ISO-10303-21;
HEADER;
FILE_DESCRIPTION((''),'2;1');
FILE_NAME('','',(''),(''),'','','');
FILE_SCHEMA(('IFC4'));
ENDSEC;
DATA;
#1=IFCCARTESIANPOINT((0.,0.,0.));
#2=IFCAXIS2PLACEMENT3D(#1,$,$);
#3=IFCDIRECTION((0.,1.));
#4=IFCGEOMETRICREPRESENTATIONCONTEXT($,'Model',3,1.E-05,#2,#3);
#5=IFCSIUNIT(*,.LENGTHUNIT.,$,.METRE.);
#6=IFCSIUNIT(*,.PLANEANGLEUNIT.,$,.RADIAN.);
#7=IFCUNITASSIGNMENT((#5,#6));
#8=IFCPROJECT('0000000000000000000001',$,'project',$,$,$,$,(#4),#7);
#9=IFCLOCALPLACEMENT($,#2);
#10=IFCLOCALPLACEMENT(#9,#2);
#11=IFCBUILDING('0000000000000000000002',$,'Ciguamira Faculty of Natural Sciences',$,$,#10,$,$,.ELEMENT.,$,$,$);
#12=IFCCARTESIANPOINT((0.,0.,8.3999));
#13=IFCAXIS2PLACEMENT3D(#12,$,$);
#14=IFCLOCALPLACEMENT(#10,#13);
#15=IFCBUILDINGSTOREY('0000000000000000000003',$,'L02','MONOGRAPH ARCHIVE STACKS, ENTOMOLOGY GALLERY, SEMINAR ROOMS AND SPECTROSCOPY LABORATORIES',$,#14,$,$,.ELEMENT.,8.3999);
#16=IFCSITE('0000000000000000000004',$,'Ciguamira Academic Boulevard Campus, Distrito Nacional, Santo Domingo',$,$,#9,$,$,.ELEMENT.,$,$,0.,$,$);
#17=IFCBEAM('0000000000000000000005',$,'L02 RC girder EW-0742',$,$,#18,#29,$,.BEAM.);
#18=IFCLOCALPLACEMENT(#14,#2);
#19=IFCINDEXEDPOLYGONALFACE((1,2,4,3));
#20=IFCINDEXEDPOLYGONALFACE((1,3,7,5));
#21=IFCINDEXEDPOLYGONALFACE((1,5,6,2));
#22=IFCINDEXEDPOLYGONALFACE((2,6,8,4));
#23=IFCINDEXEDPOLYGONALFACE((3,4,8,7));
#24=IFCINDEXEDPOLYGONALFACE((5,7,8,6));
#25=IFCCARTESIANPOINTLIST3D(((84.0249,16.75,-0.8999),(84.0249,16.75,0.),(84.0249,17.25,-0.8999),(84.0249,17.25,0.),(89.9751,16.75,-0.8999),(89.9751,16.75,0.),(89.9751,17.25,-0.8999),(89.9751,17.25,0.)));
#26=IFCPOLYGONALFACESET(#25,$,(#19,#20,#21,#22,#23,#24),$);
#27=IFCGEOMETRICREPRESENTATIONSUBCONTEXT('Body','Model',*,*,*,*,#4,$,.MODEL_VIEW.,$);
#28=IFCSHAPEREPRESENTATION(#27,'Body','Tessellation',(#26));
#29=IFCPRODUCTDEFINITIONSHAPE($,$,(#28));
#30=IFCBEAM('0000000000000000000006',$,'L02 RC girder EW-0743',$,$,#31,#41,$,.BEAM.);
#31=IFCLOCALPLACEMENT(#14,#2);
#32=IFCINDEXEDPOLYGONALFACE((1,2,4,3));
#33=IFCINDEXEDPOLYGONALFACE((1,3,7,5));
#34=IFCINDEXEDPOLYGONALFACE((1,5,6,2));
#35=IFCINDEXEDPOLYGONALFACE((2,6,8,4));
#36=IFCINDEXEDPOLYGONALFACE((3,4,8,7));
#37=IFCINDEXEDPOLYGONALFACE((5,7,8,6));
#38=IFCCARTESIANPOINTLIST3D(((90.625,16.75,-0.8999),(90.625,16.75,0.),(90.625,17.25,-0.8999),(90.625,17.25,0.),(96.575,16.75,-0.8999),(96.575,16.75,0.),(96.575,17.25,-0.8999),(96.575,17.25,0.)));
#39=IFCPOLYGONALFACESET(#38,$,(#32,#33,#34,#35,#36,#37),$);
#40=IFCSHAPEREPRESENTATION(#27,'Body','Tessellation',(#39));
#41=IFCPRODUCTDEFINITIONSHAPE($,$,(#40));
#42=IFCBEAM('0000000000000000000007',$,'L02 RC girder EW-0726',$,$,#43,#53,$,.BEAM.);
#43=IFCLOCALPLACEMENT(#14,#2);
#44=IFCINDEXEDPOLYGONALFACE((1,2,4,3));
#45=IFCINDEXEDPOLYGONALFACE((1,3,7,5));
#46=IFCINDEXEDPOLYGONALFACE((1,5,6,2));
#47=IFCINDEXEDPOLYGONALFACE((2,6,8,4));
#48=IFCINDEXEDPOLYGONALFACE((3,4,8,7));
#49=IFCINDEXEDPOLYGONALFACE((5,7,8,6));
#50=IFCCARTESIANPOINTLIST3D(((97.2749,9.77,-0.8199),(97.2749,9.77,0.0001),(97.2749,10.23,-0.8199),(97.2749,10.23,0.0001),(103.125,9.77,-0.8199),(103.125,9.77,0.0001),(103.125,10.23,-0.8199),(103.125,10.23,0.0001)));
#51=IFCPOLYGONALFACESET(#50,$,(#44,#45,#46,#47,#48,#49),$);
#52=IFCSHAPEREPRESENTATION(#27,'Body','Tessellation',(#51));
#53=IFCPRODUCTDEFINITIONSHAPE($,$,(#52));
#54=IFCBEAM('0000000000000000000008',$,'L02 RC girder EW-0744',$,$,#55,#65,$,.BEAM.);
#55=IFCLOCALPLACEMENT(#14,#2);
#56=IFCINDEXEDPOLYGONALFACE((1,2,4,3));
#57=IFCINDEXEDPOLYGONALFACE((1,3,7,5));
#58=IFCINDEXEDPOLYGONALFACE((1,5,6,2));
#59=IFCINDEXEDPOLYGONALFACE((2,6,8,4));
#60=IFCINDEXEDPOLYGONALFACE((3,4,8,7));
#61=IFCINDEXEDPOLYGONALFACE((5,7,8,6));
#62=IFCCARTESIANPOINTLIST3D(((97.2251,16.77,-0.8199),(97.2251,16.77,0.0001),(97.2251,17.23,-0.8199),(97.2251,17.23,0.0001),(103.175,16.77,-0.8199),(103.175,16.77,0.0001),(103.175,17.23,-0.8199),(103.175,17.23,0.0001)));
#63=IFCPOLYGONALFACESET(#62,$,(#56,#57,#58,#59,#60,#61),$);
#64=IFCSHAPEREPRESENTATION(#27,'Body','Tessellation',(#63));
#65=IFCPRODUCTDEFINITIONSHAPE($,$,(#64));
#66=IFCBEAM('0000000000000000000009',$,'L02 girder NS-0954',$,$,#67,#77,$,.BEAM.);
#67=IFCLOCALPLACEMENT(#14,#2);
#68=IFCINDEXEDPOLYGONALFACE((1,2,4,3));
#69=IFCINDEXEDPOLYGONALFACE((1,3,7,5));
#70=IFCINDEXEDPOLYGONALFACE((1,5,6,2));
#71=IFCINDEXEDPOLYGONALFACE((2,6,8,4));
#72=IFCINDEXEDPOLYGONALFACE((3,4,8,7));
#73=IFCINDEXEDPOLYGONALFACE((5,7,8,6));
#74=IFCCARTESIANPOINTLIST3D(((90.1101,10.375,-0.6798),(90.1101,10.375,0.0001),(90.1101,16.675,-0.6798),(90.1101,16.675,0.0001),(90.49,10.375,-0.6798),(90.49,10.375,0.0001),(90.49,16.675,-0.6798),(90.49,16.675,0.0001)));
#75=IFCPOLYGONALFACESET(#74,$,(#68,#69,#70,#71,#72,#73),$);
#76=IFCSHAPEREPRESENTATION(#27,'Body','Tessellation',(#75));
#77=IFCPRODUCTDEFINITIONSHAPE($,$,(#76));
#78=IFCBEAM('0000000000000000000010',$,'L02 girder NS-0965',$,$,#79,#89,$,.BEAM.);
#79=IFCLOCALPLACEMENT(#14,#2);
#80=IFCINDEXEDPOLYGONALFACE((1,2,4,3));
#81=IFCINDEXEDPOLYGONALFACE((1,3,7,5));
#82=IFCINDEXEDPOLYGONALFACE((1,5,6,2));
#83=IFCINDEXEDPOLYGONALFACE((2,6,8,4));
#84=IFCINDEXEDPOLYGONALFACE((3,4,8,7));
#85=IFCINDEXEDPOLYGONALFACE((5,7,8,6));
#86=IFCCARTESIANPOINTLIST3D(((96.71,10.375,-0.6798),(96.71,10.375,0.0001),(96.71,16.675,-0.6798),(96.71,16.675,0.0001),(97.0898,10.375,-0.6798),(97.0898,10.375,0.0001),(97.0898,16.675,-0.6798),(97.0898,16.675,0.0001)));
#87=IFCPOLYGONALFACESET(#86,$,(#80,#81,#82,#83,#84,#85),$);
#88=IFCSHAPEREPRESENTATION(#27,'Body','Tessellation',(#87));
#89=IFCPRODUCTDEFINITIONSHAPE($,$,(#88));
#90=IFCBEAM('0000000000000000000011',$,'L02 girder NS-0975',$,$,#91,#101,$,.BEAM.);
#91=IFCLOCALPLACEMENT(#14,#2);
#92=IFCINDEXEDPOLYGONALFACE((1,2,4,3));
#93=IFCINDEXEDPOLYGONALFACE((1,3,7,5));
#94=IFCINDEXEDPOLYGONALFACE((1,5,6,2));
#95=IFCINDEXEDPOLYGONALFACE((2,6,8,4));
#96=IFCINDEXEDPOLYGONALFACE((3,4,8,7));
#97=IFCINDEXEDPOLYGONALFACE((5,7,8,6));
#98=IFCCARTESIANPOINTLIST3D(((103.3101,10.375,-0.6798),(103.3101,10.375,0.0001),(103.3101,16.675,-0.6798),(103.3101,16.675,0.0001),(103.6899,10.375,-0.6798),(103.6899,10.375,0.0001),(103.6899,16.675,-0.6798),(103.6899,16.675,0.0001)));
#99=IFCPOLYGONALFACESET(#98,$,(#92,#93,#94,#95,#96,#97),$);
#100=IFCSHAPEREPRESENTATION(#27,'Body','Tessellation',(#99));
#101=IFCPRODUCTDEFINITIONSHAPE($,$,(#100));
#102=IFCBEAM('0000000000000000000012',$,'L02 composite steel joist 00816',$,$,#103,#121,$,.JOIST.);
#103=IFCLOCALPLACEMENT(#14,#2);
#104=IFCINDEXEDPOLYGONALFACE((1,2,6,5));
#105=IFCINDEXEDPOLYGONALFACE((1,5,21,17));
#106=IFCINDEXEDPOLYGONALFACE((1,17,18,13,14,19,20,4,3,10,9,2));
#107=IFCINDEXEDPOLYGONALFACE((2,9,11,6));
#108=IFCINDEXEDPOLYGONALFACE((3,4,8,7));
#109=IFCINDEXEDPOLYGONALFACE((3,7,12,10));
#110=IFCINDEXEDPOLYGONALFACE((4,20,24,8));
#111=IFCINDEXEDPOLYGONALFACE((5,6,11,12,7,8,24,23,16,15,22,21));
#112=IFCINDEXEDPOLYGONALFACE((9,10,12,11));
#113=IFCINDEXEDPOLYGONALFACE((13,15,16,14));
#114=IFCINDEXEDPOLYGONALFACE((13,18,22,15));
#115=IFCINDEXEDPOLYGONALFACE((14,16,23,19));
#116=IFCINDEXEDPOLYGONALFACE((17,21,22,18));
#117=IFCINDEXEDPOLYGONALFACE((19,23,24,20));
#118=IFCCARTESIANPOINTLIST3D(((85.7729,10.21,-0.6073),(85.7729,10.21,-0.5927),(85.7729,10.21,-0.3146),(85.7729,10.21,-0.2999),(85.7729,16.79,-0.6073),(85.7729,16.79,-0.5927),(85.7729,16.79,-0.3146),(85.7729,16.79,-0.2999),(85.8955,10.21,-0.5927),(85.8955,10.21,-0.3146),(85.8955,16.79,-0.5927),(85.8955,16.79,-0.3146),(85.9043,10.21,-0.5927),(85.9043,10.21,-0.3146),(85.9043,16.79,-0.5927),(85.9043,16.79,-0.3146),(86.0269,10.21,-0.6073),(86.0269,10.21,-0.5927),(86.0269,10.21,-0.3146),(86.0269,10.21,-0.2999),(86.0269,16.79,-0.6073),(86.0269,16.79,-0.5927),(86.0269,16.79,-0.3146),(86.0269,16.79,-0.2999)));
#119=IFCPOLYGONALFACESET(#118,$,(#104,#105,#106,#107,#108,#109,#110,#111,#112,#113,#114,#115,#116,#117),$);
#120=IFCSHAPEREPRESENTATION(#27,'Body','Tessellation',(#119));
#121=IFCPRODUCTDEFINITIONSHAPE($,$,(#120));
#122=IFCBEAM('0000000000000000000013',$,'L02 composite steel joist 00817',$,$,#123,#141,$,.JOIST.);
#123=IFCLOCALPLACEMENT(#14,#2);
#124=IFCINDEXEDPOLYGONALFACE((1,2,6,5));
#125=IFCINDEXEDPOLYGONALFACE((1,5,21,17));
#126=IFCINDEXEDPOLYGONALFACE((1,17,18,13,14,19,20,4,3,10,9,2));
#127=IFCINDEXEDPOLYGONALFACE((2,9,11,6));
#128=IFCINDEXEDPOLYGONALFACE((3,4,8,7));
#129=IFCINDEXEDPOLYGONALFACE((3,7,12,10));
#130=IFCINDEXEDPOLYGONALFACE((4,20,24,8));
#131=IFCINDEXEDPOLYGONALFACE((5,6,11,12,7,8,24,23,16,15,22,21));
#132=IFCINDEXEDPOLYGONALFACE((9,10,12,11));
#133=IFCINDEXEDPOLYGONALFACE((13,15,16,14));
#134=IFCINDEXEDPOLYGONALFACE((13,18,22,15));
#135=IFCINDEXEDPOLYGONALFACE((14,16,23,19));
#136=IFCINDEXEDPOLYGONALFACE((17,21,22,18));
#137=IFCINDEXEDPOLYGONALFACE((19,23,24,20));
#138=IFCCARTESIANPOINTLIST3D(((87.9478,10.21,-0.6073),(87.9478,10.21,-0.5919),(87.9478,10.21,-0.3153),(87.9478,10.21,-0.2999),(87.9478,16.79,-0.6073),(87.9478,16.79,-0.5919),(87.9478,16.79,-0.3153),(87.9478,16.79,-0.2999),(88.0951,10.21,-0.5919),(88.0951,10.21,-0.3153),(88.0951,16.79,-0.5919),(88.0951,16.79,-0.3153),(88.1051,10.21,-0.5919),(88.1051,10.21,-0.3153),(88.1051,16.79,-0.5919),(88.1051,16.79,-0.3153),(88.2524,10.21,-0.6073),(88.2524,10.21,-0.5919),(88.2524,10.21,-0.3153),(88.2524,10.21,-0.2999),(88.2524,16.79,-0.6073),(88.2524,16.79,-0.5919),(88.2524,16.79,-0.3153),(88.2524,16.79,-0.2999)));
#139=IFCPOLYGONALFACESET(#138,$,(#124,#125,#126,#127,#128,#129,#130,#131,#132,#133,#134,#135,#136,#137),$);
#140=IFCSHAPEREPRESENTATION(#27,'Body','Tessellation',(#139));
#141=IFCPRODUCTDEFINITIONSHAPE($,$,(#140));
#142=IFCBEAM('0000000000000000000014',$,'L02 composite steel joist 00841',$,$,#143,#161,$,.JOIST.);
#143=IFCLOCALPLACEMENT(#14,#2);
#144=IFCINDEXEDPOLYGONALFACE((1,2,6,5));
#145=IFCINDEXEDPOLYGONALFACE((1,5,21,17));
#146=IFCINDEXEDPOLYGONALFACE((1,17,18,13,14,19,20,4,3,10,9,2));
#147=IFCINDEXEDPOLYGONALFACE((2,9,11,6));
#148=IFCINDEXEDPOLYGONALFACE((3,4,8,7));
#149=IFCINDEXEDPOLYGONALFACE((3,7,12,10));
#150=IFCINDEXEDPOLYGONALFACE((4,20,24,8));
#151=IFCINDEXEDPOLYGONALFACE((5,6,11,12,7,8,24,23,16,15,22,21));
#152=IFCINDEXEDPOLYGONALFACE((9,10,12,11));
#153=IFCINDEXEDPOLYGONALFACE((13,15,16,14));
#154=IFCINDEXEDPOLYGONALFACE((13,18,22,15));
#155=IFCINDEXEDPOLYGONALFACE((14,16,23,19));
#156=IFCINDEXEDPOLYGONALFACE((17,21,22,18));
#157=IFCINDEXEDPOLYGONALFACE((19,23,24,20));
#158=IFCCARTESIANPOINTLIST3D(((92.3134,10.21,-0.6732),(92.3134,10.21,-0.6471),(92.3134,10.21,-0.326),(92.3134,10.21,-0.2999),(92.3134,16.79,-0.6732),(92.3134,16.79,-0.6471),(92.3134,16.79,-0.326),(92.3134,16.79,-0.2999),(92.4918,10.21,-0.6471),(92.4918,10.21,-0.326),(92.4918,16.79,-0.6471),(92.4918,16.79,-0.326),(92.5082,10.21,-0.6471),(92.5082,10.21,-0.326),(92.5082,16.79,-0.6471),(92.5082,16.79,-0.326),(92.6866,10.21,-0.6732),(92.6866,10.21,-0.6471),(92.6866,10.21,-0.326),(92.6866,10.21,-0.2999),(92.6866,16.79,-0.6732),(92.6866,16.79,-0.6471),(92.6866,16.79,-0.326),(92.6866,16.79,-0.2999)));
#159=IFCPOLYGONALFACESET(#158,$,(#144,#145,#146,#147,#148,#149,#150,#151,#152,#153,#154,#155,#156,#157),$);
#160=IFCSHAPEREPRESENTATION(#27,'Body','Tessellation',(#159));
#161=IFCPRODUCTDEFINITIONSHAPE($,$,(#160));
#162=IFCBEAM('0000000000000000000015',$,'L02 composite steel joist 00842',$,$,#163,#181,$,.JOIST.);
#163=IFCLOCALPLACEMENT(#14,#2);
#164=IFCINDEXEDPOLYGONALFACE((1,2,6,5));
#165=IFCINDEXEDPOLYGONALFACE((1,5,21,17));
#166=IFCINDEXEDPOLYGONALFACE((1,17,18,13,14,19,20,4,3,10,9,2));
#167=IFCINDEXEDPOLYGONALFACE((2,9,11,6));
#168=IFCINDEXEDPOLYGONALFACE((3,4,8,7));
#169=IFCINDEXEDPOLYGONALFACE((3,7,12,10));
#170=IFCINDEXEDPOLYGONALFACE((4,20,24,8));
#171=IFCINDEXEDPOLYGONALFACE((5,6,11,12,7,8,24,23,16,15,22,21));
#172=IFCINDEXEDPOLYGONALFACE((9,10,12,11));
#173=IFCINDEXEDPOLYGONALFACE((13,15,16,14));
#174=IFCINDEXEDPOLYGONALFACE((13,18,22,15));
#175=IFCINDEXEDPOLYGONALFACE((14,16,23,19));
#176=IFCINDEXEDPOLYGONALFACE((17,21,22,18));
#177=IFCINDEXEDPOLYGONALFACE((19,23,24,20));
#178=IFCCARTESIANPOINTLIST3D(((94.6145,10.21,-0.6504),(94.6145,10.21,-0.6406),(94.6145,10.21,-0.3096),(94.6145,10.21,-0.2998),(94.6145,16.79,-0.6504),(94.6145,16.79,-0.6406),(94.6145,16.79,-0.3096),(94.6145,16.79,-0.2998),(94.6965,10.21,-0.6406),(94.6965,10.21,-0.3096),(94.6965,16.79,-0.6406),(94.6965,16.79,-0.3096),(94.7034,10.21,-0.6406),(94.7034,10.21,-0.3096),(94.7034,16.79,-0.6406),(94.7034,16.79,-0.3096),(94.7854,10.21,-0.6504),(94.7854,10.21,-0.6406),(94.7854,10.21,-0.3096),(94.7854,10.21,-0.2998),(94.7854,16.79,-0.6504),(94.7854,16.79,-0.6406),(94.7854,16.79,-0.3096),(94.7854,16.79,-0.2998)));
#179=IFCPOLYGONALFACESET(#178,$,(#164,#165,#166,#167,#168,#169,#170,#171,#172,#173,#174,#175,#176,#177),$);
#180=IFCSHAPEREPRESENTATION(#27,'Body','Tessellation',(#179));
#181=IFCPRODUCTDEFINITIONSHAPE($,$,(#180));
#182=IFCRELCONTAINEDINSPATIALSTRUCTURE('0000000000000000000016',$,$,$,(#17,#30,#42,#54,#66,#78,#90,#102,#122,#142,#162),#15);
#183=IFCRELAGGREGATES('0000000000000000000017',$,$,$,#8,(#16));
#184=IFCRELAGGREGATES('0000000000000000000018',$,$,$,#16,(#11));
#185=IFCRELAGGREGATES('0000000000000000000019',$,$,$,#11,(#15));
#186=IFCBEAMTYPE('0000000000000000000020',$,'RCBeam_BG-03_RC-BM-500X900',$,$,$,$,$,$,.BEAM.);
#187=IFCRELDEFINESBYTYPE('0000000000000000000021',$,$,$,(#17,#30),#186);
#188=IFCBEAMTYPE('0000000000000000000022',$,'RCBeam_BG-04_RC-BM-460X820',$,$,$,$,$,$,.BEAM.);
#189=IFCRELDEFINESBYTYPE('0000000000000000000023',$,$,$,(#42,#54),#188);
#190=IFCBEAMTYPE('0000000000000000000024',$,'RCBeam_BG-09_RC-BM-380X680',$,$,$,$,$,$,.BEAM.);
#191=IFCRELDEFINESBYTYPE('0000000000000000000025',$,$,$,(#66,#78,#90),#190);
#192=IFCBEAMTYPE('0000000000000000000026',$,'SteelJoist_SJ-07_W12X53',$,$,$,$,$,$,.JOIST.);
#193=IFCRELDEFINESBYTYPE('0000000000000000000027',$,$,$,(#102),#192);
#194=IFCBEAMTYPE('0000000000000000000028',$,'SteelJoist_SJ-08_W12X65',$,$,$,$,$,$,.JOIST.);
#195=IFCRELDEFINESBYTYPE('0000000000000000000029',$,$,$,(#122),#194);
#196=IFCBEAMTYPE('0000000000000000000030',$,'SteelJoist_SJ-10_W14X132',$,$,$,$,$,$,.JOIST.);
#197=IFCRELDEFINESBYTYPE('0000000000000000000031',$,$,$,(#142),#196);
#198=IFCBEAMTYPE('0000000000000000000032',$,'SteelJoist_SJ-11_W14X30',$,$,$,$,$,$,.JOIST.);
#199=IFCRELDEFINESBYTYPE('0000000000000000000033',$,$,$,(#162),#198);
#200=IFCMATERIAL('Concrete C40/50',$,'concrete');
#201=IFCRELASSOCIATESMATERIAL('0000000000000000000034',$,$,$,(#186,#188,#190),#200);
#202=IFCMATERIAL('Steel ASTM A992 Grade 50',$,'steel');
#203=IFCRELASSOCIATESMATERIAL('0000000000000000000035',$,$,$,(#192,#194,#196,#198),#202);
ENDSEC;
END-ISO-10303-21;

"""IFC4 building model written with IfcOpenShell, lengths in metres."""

from ifc_helpers import new_model, si_unit, direction, frame, origin, origin_2d, place, context, subcontext, project, spatial, rectangle, i_section, extrude, material, material_profile, profile_set, type_object, element, save


model = new_model("IFC4")

# Units and contexts
model_context = context("Model", 3, precision=1e-05, world=origin(), true_north=direction((0.0, 1.0)))
body_context = subcontext(model_context, "Body", "Model", "MODEL_VIEW")
ifc_project = project(units=[si_unit("LENGTHUNIT", "METRE"), si_unit("PLANEANGLEUNIT", "RADIAN")], contexts=[model_context])

# Site, building, storey
site_placement = place(None, origin())
site = spatial("IfcSite", under=ifc_project, at=site_placement, Name="Ciguamira Academic Boulevard Campus, Distrito Nacional, Santo Domingo", CompositionType="ELEMENT", RefElevation=0.0)
building_placement = place(site_placement, origin())
building = spatial("IfcBuilding", under=site, at=building_placement, Name="Ciguamira Faculty of Natural Sciences", CompositionType="ELEMENT")
storey_placement = place(building_placement, frame((0.0, 0.0, 8.3999)))
storey = spatial("IfcBuildingStorey", under=building, at=storey_placement, Name="L02", Description="MONOGRAPH ARCHIVE STACKS, ENTOMOLOGY GALLERY, SEMINAR ROOMS AND SPECTROSCOPY LABORATORIES", CompositionType="ELEMENT", Elevation=8.3999)

# Shared definitions
ifc_material_1 = material(Name="Concrete C40/50", Category="concrete")

# Beams
ifc_material_profile_1 = material_profile(ifc_material_1, rectangle(XDim=0.5, YDim=0.8999, at=origin_2d()), Name="RC-BM-500X900")
ifc_profile_set_1 = profile_set([ifc_material_profile_1], Name="Concrete C40/50")
beam_type_1 = type_object("IfcBeamType", Name="RCBeam_BG-03_RC-BM-500X900", PredefinedType="BEAM", material=ifc_profile_set_1)
beam_1_placement = place(storey_placement, frame((84.0249, 17.0, -0.45), z_axis=(1.0, 0.0, 0.0), x_axis=(0.0, 1.0, 0.0)))
element("IfcBeam", 1, at=beam_1_placement, inside=storey, type_object=beam_type_1, Name="L02 RC girder EW-0742", PredefinedType="BEAM", context=body_context, shape_type="SweptSolid", body=[
    extrude(rectangle(XDim=0.5, YDim=0.8999, at=origin_2d()), origin(), (0.0, 0.0, 1.0), 5.9502),
])
beam_2_placement = place(storey_placement, frame((90.625, 17.0, -0.45), z_axis=(1.0, 0.0, 0.0), x_axis=(0.0, 1.0, 0.0)))
element("IfcBeam", 2, at=beam_2_placement, inside=storey, type_object=beam_type_1, Name="L02 RC girder EW-0743", PredefinedType="BEAM", context=body_context, shape_type="SweptSolid", body=[
    extrude(rectangle(XDim=0.5, YDim=0.8999, at=origin_2d()), origin(), (0.0, 0.0, 1.0), 5.95),
])
ifc_material_profile_2 = material_profile(ifc_material_1, rectangle(XDim=0.46, YDim=0.8201, at=origin_2d()), Name="RC-BM-460X820")
ifc_profile_set_2 = profile_set([ifc_material_profile_2], Name="Concrete C40/50")
beam_type_2 = type_object("IfcBeamType", Name="RCBeam_BG-04_RC-BM-460X820", PredefinedType="BEAM", material=ifc_profile_set_2)
beam_3_placement = place(storey_placement, frame((97.2749, 10.0, -0.4099), z_axis=(1.0, 0.0, 0.0), x_axis=(0.0, 1.0, 0.0)))
element("IfcBeam", 3, at=beam_3_placement, inside=storey, type_object=beam_type_2, Name="L02 RC girder EW-0726", PredefinedType="BEAM", context=body_context, shape_type="SweptSolid", body=[
    extrude(rectangle(XDim=0.46, YDim=0.8201, at=origin_2d()), origin(), (0.0, 0.0, 1.0), 5.8501),
])
beam_4_placement = place(storey_placement, frame((97.2251, 17.0, -0.4099), z_axis=(1.0, 0.0, 0.0), x_axis=(0.0, 1.0, 0.0)))
element("IfcBeam", 4, at=beam_4_placement, inside=storey, type_object=beam_type_2, Name="L02 RC girder EW-0744", PredefinedType="BEAM", context=body_context, shape_type="SweptSolid", body=[
    extrude(rectangle(XDim=0.46, YDim=0.8201, at=origin_2d()), origin(), (0.0, 0.0, 1.0), 5.95),
])
ifc_material_profile_3 = material_profile(ifc_material_1, rectangle(XDim=0.3799, YDim=0.6799, at=origin_2d()), Name="RC-BM-380X680")
ifc_profile_set_3 = profile_set([ifc_material_profile_3], Name="Concrete C40/50")
beam_type_3 = type_object("IfcBeamType", Name="RCBeam_BG-09_RC-BM-380X680", PredefinedType="BEAM", material=ifc_profile_set_3)
for number, where, z_axis, x_axis, name in (
    (5, (90.3, 10.375, -0.3398), (0.0, 1.0, 0.0), (-1.0, 0.0, 0.0), "L02 girder NS-0954"),
    (6, (96.8999, 10.375, -0.3398), (0.0, 1.0, 0.0), (-1.0, 0.0, 0.0), "L02 girder NS-0965"),
    (7, (103.5, 10.375, -0.3398), (0.0, 1.0, 0.0), (-1.0, 0.0, 0.0), "L02 girder NS-0975"),
):
    element("IfcBeam", number, at=place(storey_placement, frame(where, z_axis=z_axis, x_axis=x_axis)), inside=storey, type_object=beam_type_3, Name=name, PredefinedType="BEAM", context=body_context, shape_type="SweptSolid", body=[
        extrude(rectangle(XDim=0.3799, YDim=0.6799, at=origin_2d()), origin(), (0.0, 0.0, 1.0), 6.3),
    ])
ifc_material_2 = material(Name="Steel ASTM A992 Grade 50", Category="steel")
ifc_material_profile_4 = material_profile(ifc_material_2, i_section(OverallWidth=0.2539, OverallDepth=0.3074, WebThickness=0.0088, FlangeThickness=0.0146, at=origin_2d()), Name="W12X53")
ifc_profile_set_4 = profile_set([ifc_material_profile_4], Name="Steel ASTM A992 Grade 50")
beam_type_4 = type_object("IfcBeamType", Name="SteelJoist_SJ-07_W12X53", PredefinedType="JOIST", material=ifc_profile_set_4)
beam_5_placement = place(storey_placement, frame((85.8999, 10.21, -0.4536), z_axis=(0.0, 1.0, 0.0), x_axis=(-1.0, 0.0, 0.0)))
element("IfcBeam", 8, at=beam_5_placement, inside=storey, type_object=beam_type_4, Name="L02 composite steel joist 00816", PredefinedType="JOIST", context=body_context, shape_type="SweptSolid", body=[
    extrude(i_section(OverallWidth=0.2539, OverallDepth=0.3074, WebThickness=0.0088, FlangeThickness=0.0146, at=origin_2d()), origin(), (0.0, 0.0, 1.0), 6.5801),
])
ifc_material_profile_5 = material_profile(ifc_material_2, i_section(OverallWidth=0.3047, OverallDepth=0.3074, WebThickness=0.01, FlangeThickness=0.0154, at=origin_2d()), Name="W12X65")
ifc_profile_set_5 = profile_set([ifc_material_profile_5], Name="Steel ASTM A992 Grade 50")
beam_type_5 = type_object("IfcBeamType", Name="SteelJoist_SJ-08_W12X65", PredefinedType="JOIST", material=ifc_profile_set_5)
beam_6_placement = place(storey_placement, frame((88.1001, 10.21, -0.4536), z_axis=(0.0, 1.0, 0.0), x_axis=(-1.0, 0.0, 0.0)))
element("IfcBeam", 9, at=beam_6_placement, inside=storey, type_object=beam_type_5, Name="L02 composite steel joist 00817", PredefinedType="JOIST", context=body_context, shape_type="SweptSolid", body=[
    extrude(i_section(OverallWidth=0.3047, OverallDepth=0.3074, WebThickness=0.01, FlangeThickness=0.0154, at=origin_2d()), origin(), (0.0, 0.0, 1.0), 6.5801),
])
ifc_material_profile_6 = material_profile(ifc_material_2, i_section(OverallWidth=0.3733, OverallDepth=0.3733, WebThickness=0.0164, FlangeThickness=0.0261, at=origin_2d()), Name="W14X132")
ifc_profile_set_6 = profile_set([ifc_material_profile_6], Name="Steel ASTM A992 Grade 50")
beam_type_6 = type_object("IfcBeamType", Name="SteelJoist_SJ-10_W14X132", PredefinedType="JOIST", material=ifc_profile_set_6)
beam_7_placement = place(storey_placement, frame((92.5, 10.21, -0.4866), z_axis=(0.0, 1.0, 0.0), x_axis=(-1.0, 0.0, 0.0)))
element("IfcBeam", 10, at=beam_7_placement, inside=storey, type_object=beam_type_6, Name="L02 composite steel joist 00841", PredefinedType="JOIST", context=body_context, shape_type="SweptSolid", body=[
    extrude(i_section(OverallWidth=0.3733, OverallDepth=0.3733, WebThickness=0.0164, FlangeThickness=0.0261, at=origin_2d()), origin(), (0.0, 0.0, 1.0), 6.5801),
])
ifc_material_profile_7 = material_profile(ifc_material_2, i_section(OverallWidth=0.1709, OverallDepth=0.3506, WebThickness=0.0068, FlangeThickness=0.0098, at=origin_2d()), Name="W14X30")
ifc_profile_set_7 = profile_set([ifc_material_profile_7], Name="Steel ASTM A992 Grade 50")
beam_type_7 = type_object("IfcBeamType", Name="SteelJoist_SJ-11_W14X30", PredefinedType="JOIST", material=ifc_profile_set_7)
beam_8_placement = place(storey_placement, frame((94.7, 10.21, -0.4751), z_axis=(0.0, 1.0, 0.0), x_axis=(-1.0, 0.0, 0.0)))
element("IfcBeam", 11, at=beam_8_placement, inside=storey, type_object=beam_type_7, Name="L02 composite steel joist 00842", PredefinedType="JOIST", context=body_context, shape_type="SweptSolid", body=[
    extrude(i_section(OverallWidth=0.1709, OverallDepth=0.3506, WebThickness=0.0068, FlangeThickness=0.0098, at=origin_2d()), origin(), (0.0, 0.0, 1.0), 6.5801),
])

save(model, "model.ifc")
